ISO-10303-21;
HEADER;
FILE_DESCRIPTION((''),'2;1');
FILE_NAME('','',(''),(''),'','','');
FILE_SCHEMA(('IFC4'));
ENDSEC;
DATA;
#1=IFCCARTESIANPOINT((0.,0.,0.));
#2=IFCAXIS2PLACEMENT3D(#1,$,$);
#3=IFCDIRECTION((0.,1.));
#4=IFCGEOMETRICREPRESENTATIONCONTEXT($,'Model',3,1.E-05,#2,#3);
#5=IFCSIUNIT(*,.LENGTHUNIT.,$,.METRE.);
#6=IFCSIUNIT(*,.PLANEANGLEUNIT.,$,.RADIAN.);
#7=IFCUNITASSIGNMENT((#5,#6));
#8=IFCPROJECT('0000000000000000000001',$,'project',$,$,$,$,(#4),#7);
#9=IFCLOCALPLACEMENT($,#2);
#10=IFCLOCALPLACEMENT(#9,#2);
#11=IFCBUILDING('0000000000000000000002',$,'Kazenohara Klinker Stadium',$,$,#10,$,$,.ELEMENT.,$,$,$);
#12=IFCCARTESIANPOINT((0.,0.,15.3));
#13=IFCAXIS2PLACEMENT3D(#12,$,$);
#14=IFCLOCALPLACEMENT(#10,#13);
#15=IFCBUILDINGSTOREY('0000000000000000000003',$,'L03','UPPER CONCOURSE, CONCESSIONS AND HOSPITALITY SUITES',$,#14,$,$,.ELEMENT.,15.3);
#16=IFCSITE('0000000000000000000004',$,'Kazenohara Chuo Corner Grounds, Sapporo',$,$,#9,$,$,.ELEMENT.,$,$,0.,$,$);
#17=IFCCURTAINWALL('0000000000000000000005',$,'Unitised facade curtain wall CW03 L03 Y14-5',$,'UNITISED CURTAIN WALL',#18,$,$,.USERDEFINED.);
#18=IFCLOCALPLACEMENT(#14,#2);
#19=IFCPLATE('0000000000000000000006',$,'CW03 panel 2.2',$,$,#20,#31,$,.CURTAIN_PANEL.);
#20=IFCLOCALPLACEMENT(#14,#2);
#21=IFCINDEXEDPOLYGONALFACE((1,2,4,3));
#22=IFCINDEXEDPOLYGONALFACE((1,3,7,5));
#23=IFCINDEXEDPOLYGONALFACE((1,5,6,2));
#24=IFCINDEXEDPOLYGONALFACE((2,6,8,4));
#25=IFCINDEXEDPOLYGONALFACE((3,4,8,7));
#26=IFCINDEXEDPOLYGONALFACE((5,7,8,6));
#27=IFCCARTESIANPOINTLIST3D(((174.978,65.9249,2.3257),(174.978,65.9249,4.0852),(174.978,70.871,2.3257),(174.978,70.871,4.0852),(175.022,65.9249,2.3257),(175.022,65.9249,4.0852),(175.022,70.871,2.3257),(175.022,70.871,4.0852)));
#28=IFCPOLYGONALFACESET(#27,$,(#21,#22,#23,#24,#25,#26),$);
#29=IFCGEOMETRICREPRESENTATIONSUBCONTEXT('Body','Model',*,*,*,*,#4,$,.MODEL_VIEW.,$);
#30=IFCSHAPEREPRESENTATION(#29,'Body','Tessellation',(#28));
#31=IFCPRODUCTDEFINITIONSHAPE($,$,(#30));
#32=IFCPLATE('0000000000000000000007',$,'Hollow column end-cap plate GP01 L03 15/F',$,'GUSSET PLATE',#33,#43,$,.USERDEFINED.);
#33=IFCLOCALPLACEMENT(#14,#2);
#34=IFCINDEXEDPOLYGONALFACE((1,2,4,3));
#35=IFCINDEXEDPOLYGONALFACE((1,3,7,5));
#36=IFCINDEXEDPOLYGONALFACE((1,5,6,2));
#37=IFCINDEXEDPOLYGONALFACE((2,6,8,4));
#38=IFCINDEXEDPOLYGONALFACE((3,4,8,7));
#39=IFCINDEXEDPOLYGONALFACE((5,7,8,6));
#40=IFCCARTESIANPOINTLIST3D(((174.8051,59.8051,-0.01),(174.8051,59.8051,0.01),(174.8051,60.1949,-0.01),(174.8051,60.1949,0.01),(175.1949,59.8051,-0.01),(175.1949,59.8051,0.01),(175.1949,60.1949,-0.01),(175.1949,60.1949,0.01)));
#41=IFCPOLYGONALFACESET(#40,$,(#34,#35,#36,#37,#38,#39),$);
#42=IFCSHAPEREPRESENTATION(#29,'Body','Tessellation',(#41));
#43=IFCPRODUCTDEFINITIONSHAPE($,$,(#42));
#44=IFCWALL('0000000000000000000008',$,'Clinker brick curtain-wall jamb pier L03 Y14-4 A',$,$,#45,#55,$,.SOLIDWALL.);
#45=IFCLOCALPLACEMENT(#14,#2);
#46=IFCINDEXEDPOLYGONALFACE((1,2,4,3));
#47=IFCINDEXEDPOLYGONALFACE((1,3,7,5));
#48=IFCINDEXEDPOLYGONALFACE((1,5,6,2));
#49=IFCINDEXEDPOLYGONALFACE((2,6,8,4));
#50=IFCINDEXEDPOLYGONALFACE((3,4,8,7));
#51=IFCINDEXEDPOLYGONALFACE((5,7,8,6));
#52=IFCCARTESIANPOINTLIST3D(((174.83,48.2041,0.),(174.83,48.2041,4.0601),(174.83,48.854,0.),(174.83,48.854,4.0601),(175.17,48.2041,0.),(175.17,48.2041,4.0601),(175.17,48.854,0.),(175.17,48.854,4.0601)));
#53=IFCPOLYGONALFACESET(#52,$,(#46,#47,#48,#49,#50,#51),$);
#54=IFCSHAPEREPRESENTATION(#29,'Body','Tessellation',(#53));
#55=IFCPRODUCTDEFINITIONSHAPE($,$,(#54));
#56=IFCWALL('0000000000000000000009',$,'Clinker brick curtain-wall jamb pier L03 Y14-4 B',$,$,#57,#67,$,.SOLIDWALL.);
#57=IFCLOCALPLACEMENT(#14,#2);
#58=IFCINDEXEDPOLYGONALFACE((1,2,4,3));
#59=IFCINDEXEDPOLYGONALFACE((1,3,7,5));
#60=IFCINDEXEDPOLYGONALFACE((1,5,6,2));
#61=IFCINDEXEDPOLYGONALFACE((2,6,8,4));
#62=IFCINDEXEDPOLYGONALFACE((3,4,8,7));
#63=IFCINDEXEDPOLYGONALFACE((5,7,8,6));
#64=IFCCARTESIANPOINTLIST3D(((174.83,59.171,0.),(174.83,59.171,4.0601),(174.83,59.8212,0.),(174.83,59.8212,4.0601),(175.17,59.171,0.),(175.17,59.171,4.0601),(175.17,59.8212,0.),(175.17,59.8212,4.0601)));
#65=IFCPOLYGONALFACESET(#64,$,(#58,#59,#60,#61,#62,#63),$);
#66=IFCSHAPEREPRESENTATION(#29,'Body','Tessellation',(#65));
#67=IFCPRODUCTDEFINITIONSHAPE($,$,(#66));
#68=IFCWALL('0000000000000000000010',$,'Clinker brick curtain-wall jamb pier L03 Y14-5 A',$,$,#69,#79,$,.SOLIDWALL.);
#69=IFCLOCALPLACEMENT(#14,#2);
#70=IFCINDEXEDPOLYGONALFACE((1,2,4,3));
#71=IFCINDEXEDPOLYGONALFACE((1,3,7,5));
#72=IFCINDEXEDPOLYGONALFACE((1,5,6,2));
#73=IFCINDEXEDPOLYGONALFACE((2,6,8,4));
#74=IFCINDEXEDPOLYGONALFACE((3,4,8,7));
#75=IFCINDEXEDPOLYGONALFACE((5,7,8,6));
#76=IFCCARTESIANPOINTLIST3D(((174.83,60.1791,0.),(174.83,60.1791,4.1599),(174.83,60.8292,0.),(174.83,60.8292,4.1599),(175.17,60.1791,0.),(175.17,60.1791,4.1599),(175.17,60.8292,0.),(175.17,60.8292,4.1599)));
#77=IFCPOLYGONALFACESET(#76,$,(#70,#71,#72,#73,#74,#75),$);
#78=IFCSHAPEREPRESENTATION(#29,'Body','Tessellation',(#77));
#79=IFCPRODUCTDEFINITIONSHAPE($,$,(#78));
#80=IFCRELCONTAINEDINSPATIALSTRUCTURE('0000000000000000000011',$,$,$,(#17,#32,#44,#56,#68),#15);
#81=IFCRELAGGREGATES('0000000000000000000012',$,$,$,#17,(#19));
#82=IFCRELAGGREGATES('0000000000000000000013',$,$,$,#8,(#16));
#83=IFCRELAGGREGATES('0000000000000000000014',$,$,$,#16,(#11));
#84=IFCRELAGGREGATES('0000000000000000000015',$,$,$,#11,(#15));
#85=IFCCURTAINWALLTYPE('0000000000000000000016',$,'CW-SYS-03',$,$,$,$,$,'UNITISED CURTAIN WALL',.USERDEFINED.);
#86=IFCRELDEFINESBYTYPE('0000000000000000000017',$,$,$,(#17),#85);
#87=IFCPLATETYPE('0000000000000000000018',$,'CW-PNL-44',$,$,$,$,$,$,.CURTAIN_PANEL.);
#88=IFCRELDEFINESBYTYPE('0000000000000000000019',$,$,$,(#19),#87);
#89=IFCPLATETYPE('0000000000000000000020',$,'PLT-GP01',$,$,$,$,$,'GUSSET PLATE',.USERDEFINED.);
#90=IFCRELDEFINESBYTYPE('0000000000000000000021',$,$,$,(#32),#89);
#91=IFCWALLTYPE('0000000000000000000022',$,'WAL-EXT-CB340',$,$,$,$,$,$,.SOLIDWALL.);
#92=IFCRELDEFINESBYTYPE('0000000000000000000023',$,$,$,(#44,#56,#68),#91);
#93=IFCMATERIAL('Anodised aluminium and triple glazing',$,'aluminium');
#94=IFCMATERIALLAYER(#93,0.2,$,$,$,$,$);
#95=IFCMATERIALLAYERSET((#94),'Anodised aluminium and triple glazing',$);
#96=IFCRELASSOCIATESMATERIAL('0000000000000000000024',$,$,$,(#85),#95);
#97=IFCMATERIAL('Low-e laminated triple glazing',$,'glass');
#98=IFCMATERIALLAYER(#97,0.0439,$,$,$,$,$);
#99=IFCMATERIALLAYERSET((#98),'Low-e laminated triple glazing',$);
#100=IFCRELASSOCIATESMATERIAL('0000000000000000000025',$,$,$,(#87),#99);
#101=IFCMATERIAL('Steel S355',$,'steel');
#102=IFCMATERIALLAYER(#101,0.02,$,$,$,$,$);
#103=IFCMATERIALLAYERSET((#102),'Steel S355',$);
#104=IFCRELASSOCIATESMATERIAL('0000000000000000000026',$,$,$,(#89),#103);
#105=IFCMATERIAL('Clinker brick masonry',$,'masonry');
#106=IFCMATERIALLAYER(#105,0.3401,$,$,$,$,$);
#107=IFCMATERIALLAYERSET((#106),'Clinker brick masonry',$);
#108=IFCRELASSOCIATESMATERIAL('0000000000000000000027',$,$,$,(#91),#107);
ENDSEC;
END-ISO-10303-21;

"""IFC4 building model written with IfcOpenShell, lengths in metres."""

from ifc_helpers import new_model, si_unit, direction, frame, frame_2d, origin, origin_2d, place, context, subcontext, project, spatial, rectangle, extrude, material, layer, layer_set, type_object, element, aggregate, save


model = new_model("IFC4")

# Units and contexts
model_context = context("Model", 3, precision=1e-05, world=origin(), true_north=direction((0.0, 1.0)))
body_context = subcontext(model_context, "Body", "Model", "MODEL_VIEW")
ifc_project = project(units=[si_unit("LENGTHUNIT", "METRE"), si_unit("PLANEANGLEUNIT", "RADIAN")], contexts=[model_context])

# Site, building, storey
site_placement = place(None, origin())
site = spatial("IfcSite", under=ifc_project, at=site_placement, Name="Kazenohara Chuo Corner Grounds, Sapporo", CompositionType="ELEMENT", RefElevation=0.0)
building_placement = place(site_placement, origin())
building = spatial("IfcBuilding", under=site, at=building_placement, Name="Kazenohara Klinker Stadium", CompositionType="ELEMENT")
storey_placement = place(building_placement, frame((0.0, 0.0, 15.3)))
storey = spatial("IfcBuildingStorey", under=building, at=storey_placement, Name="L03", Description="UPPER CONCOURSE, CONCESSIONS AND HOSPITALITY SUITES", CompositionType="ELEMENT", Elevation=15.3)

# Shared definitions
ifc_material_1 = material(Name="Steel S355", Category="steel")

# Curtain wall
ifc_material_2 = material(Name="Anodised aluminium and triple glazing", Category="aluminium")
ifc_layer_1 = layer(ifc_material_2, 0.2)
ifc_layer_set_1 = layer_set([ifc_layer_1], Name="Anodised aluminium and triple glazing")
curtain_wall_type_1 = type_object("IfcCurtainWallType", Name="CW-SYS-03", ElementType="UNITISED CURTAIN WALL", PredefinedType="USERDEFINED", material=ifc_layer_set_1)
curtain_wall_1_placement = place(storey_placement, origin())
curtain_wall_1 = element("IfcCurtainWall", 1, at=curtain_wall_1_placement, inside=storey, type_object=curtain_wall_type_1, Name="Unitised facade curtain wall CW03 L03 Y14-5", ObjectType="UNITISED CURTAIN WALL", PredefinedType="USERDEFINED")

# Plates
ifc_material_3 = material(Name="Low-e laminated triple glazing", Category="glass")
ifc_layer_2 = layer(ifc_material_3, 0.0439)
ifc_layer_set_2 = layer_set([ifc_layer_2], Name="Low-e laminated triple glazing")
plate_type_1 = type_object("IfcPlateType", Name="CW-PNL-44", PredefinedType="CURTAIN_PANEL", material=ifc_layer_set_2)
plate_1_placement = place(storey_placement, frame((175.0, 68.3979, 2.3257), z_axis=(0.0, 0.0, 1.0), x_axis=(0.0, 1.0, 0.0)))
plate_1 = element("IfcPlate", 2, at=plate_1_placement, type_object=plate_type_1, Name="CW03 panel 2.2", PredefinedType="CURTAIN_PANEL", context=body_context, shape_type="SweptSolid", body=[
    extrude(rectangle(XDim=4.946, YDim=0.0439, at=origin_2d()), origin(), (0.0, 0.0, 1.0), 1.7595),
])
aggregate(curtain_wall_1, [plate_1])
ifc_layer_3 = layer(ifc_material_1, 0.02)
ifc_layer_set_3 = layer_set([ifc_layer_3], Name="Steel S355")
plate_type_2 = type_object("IfcPlateType", Name="PLT-GP01", ElementType="GUSSET PLATE", PredefinedType="USERDEFINED", material=ifc_layer_set_3)
plate_2_placement = place(storey_placement, frame((175.0, 60.0, -0.01), z_axis=(0.0, 0.0, 1.0), x_axis=(1.0, 0.0, 0.0)))
element("IfcPlate", 3, at=plate_2_placement, inside=storey, type_object=plate_type_2, Name="Hollow column end-cap plate GP01 L03 15/F", ObjectType="GUSSET PLATE", PredefinedType="USERDEFINED", context=body_context, shape_type="SweptSolid", body=[
    extrude(rectangle(XDim=0.3899, YDim=0.3899, at=origin_2d()), origin(), (0.0, 0.0, 1.0), 0.02),
])

# Walls
ifc_material_4 = material(Name="Clinker brick masonry", Category="masonry")
ifc_layer_4 = layer(ifc_material_4, 0.3401)
ifc_layer_set_4 = layer_set([ifc_layer_4], Name="Clinker brick masonry")
wall_type = type_object("IfcWallType", Name="WAL-EXT-CB340", PredefinedType="SOLIDWALL", material=ifc_layer_set_4)
wall_1_placement = place(storey_placement, frame((175.0, 48.2041, 0.0), z_axis=(0.0, 0.0, 1.0), x_axis=(0.0, 1.0, 0.0)))
element("IfcWall", 4, at=wall_1_placement, inside=storey, type_object=wall_type, Name="Clinker brick curtain-wall jamb pier L03 Y14-4 A", PredefinedType="SOLIDWALL", context=body_context, shape_type="SweptSolid", body=[
    extrude(rectangle(XDim=0.6499, YDim=0.3401, at=frame_2d((0.325, 0.0))), origin(), (0.0, 0.0, 1.0), 4.0601),
])
wall_2_placement = place(storey_placement, frame((175.0, 59.1709, 0.0), z_axis=(0.0, 0.0, 1.0), x_axis=(0.0, 1.0, 0.0)))
element("IfcWall", 5, at=wall_2_placement, inside=storey, type_object=wall_type, Name="Clinker brick curtain-wall jamb pier L03 Y14-4 B", PredefinedType="SOLIDWALL", context=body_context, shape_type="SweptSolid", body=[
    extrude(rectangle(XDim=0.6501, YDim=0.3401, at=frame_2d((0.3252, 0.0))), origin(), (0.0, 0.0, 1.0), 4.0601),
])
wall_3_placement = place(storey_placement, frame((175.0, 60.179, 0.0), z_axis=(0.0, 0.0, 1.0), x_axis=(0.0, 1.0, 0.0)))
element("IfcWall", 6, at=wall_3_placement, inside=storey, type_object=wall_type, Name="Clinker brick curtain-wall jamb pier L03 Y14-5 A", PredefinedType="SOLIDWALL", context=body_context, shape_type="SweptSolid", body=[
    extrude(rectangle(XDim=0.6501, YDim=0.3401, at=frame_2d((0.3252, 0.0))), origin(), (0.0, 0.0, 1.0), 4.1599),
])

save(model, "model.ifc")
